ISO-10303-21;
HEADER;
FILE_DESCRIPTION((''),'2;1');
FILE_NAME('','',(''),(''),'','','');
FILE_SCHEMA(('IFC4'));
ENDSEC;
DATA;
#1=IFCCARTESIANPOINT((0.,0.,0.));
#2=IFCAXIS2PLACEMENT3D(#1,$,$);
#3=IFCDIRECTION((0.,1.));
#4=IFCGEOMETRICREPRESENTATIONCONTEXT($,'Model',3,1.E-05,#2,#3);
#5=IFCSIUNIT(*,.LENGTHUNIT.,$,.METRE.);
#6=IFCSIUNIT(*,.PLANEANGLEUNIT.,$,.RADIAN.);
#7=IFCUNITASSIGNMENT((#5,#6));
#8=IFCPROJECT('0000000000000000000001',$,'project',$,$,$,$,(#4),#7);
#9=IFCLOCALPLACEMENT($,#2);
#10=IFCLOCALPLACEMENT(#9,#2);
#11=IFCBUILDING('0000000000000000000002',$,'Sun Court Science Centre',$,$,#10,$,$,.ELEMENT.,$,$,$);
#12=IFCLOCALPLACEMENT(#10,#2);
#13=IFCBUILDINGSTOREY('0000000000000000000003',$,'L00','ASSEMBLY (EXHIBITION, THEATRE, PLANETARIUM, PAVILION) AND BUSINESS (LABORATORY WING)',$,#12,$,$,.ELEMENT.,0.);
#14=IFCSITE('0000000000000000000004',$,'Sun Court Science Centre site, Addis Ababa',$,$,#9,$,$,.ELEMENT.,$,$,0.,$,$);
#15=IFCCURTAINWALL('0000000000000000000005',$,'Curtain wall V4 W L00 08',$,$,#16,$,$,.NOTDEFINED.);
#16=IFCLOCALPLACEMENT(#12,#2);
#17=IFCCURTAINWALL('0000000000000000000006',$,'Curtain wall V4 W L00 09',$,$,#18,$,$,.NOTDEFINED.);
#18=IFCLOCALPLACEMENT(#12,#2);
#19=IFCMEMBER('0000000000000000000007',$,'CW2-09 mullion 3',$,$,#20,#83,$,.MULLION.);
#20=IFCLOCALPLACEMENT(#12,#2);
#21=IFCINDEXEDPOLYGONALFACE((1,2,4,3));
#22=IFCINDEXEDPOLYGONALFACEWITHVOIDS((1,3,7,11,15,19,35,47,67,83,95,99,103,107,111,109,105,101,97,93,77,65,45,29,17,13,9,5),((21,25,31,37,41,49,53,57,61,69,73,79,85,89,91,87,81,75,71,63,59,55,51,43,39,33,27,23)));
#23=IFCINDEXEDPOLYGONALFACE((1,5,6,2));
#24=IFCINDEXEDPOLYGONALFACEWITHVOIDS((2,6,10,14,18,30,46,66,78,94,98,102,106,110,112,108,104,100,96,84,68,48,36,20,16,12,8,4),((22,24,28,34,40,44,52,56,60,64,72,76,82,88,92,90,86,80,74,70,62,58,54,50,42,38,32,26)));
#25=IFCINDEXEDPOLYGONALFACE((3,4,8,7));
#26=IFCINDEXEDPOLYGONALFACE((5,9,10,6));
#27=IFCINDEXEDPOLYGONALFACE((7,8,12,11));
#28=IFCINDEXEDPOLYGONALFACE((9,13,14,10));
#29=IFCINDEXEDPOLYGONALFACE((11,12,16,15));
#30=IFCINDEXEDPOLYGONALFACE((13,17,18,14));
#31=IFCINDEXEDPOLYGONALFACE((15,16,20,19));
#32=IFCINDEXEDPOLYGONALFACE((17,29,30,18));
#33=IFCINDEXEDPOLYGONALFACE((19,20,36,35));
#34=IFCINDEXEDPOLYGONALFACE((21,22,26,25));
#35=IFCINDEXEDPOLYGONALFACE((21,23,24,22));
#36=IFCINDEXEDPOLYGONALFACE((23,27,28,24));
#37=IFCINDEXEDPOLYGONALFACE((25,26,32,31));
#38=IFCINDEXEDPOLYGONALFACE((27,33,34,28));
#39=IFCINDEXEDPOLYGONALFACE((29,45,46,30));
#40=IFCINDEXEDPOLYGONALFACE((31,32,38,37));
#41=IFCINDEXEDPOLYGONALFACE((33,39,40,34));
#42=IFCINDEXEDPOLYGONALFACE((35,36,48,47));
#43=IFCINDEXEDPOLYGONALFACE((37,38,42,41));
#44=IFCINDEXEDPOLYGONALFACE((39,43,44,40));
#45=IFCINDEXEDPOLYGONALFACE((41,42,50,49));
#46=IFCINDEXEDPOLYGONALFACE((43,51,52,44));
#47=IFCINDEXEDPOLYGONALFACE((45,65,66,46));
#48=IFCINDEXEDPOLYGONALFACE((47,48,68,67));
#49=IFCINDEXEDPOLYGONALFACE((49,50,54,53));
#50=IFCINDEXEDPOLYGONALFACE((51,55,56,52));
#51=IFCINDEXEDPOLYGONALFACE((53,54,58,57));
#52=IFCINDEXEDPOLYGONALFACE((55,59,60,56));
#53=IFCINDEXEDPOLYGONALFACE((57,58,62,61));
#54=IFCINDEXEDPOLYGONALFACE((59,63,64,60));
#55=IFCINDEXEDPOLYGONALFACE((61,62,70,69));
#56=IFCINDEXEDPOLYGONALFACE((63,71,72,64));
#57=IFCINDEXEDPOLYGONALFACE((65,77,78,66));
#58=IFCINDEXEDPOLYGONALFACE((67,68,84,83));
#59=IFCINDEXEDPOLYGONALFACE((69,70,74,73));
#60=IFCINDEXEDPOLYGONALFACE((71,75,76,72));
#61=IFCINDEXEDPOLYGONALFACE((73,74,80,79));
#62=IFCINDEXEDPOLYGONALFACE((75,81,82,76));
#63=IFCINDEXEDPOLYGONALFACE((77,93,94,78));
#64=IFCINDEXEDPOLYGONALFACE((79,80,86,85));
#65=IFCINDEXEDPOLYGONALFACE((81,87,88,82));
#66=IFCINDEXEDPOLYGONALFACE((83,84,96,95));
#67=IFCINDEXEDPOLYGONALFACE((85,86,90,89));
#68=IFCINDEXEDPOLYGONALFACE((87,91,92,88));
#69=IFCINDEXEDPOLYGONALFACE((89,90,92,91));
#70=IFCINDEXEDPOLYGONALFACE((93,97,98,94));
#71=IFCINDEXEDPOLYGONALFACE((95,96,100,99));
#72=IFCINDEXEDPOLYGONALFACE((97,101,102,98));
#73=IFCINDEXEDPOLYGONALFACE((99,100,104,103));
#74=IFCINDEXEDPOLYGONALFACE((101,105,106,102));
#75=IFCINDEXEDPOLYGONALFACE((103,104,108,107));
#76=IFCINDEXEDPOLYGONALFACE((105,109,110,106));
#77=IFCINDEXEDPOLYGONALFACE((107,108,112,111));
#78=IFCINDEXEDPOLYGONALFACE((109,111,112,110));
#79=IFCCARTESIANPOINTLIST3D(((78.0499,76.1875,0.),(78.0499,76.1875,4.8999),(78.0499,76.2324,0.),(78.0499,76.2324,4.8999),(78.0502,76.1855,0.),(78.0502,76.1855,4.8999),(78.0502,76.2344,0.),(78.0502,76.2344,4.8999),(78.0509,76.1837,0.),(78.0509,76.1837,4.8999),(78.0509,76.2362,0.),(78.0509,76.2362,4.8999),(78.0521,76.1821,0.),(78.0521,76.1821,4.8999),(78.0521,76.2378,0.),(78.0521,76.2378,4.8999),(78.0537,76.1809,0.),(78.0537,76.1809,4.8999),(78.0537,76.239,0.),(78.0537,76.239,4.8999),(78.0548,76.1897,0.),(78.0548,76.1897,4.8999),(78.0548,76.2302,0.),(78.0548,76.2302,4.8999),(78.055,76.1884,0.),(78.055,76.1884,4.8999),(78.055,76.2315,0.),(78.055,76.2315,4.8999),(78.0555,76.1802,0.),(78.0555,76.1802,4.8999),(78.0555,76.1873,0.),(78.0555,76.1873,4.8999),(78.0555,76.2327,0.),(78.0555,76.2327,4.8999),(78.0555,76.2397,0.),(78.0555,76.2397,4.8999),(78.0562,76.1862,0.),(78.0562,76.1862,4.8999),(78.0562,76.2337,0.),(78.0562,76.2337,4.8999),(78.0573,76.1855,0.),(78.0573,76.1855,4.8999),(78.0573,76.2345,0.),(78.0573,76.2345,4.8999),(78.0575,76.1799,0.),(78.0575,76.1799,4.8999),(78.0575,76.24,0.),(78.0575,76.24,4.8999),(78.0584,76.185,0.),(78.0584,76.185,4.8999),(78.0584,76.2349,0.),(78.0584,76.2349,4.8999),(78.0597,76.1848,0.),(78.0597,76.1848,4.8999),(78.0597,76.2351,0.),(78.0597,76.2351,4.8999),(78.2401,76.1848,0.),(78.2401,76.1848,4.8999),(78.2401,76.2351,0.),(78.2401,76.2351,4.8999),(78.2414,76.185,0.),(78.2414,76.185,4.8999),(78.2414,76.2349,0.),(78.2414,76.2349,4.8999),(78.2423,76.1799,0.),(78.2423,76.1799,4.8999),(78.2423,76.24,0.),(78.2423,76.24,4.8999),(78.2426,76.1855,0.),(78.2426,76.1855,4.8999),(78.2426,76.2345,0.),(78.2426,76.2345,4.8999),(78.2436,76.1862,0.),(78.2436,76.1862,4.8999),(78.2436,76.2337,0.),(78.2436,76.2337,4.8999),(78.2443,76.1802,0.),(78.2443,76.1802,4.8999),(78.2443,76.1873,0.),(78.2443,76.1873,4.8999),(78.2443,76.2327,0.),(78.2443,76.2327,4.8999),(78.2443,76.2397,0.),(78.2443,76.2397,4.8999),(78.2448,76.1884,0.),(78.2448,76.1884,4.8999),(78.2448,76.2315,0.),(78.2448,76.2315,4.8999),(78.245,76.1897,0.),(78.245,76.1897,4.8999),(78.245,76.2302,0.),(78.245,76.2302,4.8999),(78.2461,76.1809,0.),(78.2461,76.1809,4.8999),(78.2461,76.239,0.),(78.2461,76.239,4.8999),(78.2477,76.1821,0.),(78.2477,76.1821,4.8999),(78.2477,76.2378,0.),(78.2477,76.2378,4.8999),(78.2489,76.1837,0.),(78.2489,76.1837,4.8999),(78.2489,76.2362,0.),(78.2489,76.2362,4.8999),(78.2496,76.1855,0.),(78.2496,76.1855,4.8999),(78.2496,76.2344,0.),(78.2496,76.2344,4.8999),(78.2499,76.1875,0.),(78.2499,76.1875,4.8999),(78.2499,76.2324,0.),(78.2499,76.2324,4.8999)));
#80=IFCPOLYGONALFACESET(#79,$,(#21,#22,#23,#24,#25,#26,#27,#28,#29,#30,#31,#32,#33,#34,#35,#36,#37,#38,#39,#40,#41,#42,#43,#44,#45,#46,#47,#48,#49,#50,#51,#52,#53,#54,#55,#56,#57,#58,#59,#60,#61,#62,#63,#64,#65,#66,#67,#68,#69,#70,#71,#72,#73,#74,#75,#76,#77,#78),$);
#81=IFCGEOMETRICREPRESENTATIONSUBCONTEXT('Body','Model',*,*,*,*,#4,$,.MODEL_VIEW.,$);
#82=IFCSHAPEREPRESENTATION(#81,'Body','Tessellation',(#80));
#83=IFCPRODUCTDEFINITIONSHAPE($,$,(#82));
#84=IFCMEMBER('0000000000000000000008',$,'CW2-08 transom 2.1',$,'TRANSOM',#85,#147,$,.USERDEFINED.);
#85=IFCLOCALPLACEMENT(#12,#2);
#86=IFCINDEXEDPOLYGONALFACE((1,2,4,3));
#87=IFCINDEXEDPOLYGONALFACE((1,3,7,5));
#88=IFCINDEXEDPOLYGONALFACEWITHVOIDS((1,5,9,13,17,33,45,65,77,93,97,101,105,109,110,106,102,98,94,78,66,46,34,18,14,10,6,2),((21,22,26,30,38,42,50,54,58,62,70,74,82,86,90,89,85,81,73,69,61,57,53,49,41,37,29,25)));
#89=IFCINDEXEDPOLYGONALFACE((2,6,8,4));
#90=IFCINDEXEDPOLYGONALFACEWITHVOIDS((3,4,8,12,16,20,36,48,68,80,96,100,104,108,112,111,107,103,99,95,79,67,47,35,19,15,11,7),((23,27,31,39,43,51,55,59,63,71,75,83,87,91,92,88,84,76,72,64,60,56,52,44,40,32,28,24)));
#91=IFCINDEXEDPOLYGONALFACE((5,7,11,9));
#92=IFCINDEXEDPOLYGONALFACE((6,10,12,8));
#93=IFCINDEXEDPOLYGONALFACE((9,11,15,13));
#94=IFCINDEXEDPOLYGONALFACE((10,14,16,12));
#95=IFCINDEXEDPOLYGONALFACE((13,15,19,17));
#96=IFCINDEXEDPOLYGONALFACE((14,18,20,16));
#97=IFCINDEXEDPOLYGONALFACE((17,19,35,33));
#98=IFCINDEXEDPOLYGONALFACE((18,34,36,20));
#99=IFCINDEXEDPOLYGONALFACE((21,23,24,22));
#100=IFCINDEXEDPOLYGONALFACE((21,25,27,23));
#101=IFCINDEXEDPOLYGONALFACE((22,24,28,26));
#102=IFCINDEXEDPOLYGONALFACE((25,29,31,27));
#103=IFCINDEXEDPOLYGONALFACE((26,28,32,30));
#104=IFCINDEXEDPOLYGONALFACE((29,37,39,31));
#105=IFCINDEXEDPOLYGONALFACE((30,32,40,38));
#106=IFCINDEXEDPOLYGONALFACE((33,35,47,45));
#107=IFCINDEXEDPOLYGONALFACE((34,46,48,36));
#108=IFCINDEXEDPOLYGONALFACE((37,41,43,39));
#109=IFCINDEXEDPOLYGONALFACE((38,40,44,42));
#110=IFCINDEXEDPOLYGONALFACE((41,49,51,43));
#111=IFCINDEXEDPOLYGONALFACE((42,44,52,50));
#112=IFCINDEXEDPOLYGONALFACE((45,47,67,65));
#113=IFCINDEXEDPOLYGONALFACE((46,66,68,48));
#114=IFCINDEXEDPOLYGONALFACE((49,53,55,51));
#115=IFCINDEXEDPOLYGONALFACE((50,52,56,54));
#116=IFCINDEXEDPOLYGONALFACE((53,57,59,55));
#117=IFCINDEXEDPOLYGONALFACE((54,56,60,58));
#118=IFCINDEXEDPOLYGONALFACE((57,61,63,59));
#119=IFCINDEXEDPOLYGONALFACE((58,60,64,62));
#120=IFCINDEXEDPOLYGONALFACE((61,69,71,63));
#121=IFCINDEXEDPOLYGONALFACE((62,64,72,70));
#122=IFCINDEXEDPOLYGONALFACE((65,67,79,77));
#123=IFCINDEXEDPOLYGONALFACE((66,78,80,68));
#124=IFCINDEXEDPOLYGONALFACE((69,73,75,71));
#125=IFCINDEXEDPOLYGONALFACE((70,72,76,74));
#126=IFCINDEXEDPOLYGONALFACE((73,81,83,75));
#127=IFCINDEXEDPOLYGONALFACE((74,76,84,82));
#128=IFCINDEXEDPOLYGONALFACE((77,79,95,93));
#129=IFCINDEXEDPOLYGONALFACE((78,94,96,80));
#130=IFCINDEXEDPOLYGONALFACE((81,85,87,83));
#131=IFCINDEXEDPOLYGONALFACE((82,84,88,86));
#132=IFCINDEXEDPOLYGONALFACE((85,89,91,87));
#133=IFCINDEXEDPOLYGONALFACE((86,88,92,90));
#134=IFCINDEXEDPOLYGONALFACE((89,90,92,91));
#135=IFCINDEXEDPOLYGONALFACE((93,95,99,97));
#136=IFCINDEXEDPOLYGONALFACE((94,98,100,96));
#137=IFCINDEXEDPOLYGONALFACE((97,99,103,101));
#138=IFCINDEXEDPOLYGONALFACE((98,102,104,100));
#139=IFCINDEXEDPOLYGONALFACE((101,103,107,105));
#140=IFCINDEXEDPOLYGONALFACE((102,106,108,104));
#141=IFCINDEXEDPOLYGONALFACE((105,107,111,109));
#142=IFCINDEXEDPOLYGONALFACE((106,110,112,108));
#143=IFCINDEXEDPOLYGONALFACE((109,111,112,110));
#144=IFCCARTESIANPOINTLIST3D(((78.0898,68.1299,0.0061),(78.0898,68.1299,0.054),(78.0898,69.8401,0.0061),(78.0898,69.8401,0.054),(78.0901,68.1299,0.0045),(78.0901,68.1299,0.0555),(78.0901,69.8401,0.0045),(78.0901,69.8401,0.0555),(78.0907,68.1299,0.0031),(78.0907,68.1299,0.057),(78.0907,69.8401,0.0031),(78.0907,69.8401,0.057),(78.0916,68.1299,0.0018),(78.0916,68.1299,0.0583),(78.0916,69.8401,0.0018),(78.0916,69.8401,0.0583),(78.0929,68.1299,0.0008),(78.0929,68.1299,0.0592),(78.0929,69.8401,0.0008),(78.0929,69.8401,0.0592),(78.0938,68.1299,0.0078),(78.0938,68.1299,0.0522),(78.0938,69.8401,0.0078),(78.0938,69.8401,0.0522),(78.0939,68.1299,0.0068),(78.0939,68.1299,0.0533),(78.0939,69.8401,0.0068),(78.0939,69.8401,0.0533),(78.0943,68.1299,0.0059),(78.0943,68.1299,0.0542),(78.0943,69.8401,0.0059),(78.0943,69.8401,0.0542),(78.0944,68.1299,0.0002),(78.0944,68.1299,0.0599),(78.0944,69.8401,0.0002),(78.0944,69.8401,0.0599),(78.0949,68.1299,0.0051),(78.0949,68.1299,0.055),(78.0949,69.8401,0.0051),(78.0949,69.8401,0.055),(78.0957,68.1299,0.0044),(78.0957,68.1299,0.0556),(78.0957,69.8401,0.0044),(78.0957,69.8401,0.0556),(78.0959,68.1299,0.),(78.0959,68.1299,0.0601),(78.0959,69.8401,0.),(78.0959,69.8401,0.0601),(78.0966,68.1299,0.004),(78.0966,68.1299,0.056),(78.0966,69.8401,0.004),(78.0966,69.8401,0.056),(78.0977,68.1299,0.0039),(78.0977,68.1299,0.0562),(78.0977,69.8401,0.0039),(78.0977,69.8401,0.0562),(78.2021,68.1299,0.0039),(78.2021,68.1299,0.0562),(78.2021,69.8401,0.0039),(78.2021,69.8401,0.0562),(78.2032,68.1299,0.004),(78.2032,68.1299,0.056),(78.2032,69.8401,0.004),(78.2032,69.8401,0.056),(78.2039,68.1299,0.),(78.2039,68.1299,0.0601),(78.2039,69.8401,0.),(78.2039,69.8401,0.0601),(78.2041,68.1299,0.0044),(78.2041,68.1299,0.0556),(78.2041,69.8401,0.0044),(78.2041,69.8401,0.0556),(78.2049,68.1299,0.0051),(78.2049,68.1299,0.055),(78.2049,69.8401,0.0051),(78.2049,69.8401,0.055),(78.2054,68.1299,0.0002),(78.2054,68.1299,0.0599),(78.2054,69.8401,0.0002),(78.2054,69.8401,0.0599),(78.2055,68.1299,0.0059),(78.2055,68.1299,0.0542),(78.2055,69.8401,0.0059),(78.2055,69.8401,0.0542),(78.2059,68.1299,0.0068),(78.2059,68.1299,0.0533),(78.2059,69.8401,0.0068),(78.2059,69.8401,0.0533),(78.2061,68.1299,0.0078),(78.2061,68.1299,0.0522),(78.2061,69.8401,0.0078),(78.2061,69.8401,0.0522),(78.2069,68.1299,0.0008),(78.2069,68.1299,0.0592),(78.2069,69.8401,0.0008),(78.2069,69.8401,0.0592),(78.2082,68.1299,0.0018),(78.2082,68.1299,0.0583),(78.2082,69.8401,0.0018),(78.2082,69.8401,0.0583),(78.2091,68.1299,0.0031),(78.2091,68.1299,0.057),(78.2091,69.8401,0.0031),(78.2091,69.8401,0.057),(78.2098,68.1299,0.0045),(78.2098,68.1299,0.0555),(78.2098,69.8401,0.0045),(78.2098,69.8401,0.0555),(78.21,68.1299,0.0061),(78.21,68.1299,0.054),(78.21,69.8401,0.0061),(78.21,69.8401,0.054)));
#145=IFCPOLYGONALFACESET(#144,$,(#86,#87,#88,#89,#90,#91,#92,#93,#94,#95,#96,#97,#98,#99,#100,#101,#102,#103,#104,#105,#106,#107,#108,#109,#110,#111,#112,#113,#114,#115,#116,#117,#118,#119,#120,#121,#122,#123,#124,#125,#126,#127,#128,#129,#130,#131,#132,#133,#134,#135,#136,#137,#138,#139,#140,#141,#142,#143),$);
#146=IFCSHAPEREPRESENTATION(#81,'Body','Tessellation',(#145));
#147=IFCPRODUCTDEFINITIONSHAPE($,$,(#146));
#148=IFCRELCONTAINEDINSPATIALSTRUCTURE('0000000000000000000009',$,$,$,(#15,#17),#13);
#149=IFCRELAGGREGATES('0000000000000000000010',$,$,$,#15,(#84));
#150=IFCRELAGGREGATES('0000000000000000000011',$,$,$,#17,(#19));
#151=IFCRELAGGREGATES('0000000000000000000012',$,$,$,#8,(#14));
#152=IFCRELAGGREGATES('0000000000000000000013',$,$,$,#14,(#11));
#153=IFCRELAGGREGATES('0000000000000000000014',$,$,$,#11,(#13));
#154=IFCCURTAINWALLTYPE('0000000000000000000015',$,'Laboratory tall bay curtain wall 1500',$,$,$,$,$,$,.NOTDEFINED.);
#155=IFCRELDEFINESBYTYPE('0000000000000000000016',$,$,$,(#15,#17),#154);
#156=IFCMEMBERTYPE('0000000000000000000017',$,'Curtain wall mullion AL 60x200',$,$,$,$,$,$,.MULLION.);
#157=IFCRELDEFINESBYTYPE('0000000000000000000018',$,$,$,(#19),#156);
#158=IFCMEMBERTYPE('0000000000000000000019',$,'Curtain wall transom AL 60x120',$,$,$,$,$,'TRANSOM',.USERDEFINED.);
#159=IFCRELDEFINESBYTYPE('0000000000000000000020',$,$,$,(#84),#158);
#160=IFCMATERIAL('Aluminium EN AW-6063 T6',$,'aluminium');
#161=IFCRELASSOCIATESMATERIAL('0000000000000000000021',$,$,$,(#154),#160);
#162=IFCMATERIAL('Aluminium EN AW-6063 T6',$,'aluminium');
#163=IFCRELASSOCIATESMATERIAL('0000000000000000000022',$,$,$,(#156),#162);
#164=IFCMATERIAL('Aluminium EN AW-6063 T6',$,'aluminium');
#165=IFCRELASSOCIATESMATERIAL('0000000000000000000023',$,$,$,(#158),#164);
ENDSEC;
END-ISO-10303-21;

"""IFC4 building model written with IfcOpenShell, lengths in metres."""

from ifc_helpers import new_model, si_unit, direction, frame, origin, origin_2d, place, context, subcontext, project, spatial, hollow_rectangle, extrude, material, material_profile, profile_set, type_object, element, aggregate, save


model = new_model("IFC4")

# Units and contexts
model_context = context("Model", 3, precision=1e-05, world=origin(), true_north=direction((0.0, 1.0)))
body_context = subcontext(model_context, "Body", "Model", "MODEL_VIEW")
ifc_project = project(units=[si_unit("LENGTHUNIT", "METRE"), si_unit("PLANEANGLEUNIT", "RADIAN")], contexts=[model_context])

# Site, building, storey
site_placement = place(None, origin())
site = spatial("IfcSite", under=ifc_project, at=site_placement, Name="Sun Court Science Centre site, Addis Ababa", CompositionType="ELEMENT", RefElevation=0.0)
building_placement = place(site_placement, origin())
building = spatial("IfcBuilding", under=site, at=building_placement, Name="Sun Court Science Centre", CompositionType="ELEMENT")
storey_placement = place(building_placement, origin())
storey = spatial("IfcBuildingStorey", under=building, at=storey_placement, Name="L00", Description="ASSEMBLY (EXHIBITION, THEATRE, PLANETARIUM, PAVILION) AND BUSINESS (LABORATORY WING)", CompositionType="ELEMENT", Elevation=0.0)

# Curtain walls, member
ifc_material_1 = material(Name="Aluminium EN AW-6063 T6", Category="aluminium")
curtain_wall_type = type_object("IfcCurtainWallType", Name="Laboratory tall bay curtain wall 1500", PredefinedType="NOTDEFINED", material=ifc_material_1)
curtain_wall_1_placement = place(storey_placement, origin())
curtain_wall_1 = element("IfcCurtainWall", 1, at=curtain_wall_1_placement, inside=storey, type_object=curtain_wall_type, Name="Curtain wall V4 W L00 08", PredefinedType="NOTDEFINED")
ifc_material_2 = material(Name="Aluminium EN AW-6063 T6", Category="aluminium")
ifc_material_profile_1 = material_profile(ifc_material_2, hollow_rectangle(XDim=0.0601, YDim=0.2, WallThickness=0.0049, InnerFilletRadius=0.0049, OuterFilletRadius=0.0076, at=origin_2d()), Name="AL 60x200x5")
ifc_profile_set_1 = profile_set([ifc_material_profile_1], Name="Aluminium EN AW-6063 T6")
member_type_1 = type_object("IfcMemberType", Name="Curtain wall mullion AL 60x200", PredefinedType="MULLION", material=ifc_profile_set_1)
curtain_wall_2_placement = place(storey_placement, origin())
curtain_wall_2 = element("IfcCurtainWall", 2, at=curtain_wall_2_placement, inside=storey, type_object=curtain_wall_type, Name="Curtain wall V4 W L00 09", PredefinedType="NOTDEFINED")
member_1_placement = place(storey_placement, frame((78.1499, 76.21, 0.0), z_axis=(0.0, 0.0, 1.0), x_axis=(0.0, 1.0, 0.0)))
member_1 = element("IfcMember", 3, at=member_1_placement, type_object=member_type_1, Name="CW2-09 mullion 3", PredefinedType="MULLION", context=body_context, shape_type="SweptSolid", body=[
    extrude(hollow_rectangle(XDim=0.0601, YDim=0.2, WallThickness=0.0049, InnerFilletRadius=0.0049, OuterFilletRadius=0.0076, at=origin_2d()), origin(), (0.0, 0.0, 1.0), 4.8999),
])

# Member
ifc_material_3 = material(Name="Aluminium EN AW-6063 T6", Category="aluminium")
ifc_material_profile_2 = material_profile(ifc_material_3, hollow_rectangle(XDim=0.0601, YDim=0.1201, WallThickness=0.0039, InnerFilletRadius=0.0039, OuterFilletRadius=0.0061, at=origin_2d()), Name="AL 60x120x4")
ifc_profile_set_2 = profile_set([ifc_material_profile_2], Name="Aluminium EN AW-6063 T6")
member_type_2 = type_object("IfcMemberType", Name="Curtain wall transom AL 60x120", ElementType="TRANSOM", PredefinedType="USERDEFINED", material=ifc_profile_set_2)
member_2_placement = place(storey_placement, frame((78.1499, 68.1299, 0.03), z_axis=(0.0, 1.0, 0.0), x_axis=(0.0, 0.0, 1.0)))
member_2 = element("IfcMember", 4, at=member_2_placement, type_object=member_type_2, Name="CW2-08 transom 2.1", ObjectType="TRANSOM", PredefinedType="USERDEFINED", context=body_context, shape_type="SweptSolid", body=[
    extrude(hollow_rectangle(XDim=0.0601, YDim=0.1201, WallThickness=0.0039, InnerFilletRadius=0.0039, OuterFilletRadius=0.0061, at=origin_2d()), origin(), (0.0, 0.0, 1.0), 1.7102),
])

aggregate(curtain_wall_1, [member_2])
aggregate(curtain_wall_2, [member_1])

save(model, "model.ifc")
